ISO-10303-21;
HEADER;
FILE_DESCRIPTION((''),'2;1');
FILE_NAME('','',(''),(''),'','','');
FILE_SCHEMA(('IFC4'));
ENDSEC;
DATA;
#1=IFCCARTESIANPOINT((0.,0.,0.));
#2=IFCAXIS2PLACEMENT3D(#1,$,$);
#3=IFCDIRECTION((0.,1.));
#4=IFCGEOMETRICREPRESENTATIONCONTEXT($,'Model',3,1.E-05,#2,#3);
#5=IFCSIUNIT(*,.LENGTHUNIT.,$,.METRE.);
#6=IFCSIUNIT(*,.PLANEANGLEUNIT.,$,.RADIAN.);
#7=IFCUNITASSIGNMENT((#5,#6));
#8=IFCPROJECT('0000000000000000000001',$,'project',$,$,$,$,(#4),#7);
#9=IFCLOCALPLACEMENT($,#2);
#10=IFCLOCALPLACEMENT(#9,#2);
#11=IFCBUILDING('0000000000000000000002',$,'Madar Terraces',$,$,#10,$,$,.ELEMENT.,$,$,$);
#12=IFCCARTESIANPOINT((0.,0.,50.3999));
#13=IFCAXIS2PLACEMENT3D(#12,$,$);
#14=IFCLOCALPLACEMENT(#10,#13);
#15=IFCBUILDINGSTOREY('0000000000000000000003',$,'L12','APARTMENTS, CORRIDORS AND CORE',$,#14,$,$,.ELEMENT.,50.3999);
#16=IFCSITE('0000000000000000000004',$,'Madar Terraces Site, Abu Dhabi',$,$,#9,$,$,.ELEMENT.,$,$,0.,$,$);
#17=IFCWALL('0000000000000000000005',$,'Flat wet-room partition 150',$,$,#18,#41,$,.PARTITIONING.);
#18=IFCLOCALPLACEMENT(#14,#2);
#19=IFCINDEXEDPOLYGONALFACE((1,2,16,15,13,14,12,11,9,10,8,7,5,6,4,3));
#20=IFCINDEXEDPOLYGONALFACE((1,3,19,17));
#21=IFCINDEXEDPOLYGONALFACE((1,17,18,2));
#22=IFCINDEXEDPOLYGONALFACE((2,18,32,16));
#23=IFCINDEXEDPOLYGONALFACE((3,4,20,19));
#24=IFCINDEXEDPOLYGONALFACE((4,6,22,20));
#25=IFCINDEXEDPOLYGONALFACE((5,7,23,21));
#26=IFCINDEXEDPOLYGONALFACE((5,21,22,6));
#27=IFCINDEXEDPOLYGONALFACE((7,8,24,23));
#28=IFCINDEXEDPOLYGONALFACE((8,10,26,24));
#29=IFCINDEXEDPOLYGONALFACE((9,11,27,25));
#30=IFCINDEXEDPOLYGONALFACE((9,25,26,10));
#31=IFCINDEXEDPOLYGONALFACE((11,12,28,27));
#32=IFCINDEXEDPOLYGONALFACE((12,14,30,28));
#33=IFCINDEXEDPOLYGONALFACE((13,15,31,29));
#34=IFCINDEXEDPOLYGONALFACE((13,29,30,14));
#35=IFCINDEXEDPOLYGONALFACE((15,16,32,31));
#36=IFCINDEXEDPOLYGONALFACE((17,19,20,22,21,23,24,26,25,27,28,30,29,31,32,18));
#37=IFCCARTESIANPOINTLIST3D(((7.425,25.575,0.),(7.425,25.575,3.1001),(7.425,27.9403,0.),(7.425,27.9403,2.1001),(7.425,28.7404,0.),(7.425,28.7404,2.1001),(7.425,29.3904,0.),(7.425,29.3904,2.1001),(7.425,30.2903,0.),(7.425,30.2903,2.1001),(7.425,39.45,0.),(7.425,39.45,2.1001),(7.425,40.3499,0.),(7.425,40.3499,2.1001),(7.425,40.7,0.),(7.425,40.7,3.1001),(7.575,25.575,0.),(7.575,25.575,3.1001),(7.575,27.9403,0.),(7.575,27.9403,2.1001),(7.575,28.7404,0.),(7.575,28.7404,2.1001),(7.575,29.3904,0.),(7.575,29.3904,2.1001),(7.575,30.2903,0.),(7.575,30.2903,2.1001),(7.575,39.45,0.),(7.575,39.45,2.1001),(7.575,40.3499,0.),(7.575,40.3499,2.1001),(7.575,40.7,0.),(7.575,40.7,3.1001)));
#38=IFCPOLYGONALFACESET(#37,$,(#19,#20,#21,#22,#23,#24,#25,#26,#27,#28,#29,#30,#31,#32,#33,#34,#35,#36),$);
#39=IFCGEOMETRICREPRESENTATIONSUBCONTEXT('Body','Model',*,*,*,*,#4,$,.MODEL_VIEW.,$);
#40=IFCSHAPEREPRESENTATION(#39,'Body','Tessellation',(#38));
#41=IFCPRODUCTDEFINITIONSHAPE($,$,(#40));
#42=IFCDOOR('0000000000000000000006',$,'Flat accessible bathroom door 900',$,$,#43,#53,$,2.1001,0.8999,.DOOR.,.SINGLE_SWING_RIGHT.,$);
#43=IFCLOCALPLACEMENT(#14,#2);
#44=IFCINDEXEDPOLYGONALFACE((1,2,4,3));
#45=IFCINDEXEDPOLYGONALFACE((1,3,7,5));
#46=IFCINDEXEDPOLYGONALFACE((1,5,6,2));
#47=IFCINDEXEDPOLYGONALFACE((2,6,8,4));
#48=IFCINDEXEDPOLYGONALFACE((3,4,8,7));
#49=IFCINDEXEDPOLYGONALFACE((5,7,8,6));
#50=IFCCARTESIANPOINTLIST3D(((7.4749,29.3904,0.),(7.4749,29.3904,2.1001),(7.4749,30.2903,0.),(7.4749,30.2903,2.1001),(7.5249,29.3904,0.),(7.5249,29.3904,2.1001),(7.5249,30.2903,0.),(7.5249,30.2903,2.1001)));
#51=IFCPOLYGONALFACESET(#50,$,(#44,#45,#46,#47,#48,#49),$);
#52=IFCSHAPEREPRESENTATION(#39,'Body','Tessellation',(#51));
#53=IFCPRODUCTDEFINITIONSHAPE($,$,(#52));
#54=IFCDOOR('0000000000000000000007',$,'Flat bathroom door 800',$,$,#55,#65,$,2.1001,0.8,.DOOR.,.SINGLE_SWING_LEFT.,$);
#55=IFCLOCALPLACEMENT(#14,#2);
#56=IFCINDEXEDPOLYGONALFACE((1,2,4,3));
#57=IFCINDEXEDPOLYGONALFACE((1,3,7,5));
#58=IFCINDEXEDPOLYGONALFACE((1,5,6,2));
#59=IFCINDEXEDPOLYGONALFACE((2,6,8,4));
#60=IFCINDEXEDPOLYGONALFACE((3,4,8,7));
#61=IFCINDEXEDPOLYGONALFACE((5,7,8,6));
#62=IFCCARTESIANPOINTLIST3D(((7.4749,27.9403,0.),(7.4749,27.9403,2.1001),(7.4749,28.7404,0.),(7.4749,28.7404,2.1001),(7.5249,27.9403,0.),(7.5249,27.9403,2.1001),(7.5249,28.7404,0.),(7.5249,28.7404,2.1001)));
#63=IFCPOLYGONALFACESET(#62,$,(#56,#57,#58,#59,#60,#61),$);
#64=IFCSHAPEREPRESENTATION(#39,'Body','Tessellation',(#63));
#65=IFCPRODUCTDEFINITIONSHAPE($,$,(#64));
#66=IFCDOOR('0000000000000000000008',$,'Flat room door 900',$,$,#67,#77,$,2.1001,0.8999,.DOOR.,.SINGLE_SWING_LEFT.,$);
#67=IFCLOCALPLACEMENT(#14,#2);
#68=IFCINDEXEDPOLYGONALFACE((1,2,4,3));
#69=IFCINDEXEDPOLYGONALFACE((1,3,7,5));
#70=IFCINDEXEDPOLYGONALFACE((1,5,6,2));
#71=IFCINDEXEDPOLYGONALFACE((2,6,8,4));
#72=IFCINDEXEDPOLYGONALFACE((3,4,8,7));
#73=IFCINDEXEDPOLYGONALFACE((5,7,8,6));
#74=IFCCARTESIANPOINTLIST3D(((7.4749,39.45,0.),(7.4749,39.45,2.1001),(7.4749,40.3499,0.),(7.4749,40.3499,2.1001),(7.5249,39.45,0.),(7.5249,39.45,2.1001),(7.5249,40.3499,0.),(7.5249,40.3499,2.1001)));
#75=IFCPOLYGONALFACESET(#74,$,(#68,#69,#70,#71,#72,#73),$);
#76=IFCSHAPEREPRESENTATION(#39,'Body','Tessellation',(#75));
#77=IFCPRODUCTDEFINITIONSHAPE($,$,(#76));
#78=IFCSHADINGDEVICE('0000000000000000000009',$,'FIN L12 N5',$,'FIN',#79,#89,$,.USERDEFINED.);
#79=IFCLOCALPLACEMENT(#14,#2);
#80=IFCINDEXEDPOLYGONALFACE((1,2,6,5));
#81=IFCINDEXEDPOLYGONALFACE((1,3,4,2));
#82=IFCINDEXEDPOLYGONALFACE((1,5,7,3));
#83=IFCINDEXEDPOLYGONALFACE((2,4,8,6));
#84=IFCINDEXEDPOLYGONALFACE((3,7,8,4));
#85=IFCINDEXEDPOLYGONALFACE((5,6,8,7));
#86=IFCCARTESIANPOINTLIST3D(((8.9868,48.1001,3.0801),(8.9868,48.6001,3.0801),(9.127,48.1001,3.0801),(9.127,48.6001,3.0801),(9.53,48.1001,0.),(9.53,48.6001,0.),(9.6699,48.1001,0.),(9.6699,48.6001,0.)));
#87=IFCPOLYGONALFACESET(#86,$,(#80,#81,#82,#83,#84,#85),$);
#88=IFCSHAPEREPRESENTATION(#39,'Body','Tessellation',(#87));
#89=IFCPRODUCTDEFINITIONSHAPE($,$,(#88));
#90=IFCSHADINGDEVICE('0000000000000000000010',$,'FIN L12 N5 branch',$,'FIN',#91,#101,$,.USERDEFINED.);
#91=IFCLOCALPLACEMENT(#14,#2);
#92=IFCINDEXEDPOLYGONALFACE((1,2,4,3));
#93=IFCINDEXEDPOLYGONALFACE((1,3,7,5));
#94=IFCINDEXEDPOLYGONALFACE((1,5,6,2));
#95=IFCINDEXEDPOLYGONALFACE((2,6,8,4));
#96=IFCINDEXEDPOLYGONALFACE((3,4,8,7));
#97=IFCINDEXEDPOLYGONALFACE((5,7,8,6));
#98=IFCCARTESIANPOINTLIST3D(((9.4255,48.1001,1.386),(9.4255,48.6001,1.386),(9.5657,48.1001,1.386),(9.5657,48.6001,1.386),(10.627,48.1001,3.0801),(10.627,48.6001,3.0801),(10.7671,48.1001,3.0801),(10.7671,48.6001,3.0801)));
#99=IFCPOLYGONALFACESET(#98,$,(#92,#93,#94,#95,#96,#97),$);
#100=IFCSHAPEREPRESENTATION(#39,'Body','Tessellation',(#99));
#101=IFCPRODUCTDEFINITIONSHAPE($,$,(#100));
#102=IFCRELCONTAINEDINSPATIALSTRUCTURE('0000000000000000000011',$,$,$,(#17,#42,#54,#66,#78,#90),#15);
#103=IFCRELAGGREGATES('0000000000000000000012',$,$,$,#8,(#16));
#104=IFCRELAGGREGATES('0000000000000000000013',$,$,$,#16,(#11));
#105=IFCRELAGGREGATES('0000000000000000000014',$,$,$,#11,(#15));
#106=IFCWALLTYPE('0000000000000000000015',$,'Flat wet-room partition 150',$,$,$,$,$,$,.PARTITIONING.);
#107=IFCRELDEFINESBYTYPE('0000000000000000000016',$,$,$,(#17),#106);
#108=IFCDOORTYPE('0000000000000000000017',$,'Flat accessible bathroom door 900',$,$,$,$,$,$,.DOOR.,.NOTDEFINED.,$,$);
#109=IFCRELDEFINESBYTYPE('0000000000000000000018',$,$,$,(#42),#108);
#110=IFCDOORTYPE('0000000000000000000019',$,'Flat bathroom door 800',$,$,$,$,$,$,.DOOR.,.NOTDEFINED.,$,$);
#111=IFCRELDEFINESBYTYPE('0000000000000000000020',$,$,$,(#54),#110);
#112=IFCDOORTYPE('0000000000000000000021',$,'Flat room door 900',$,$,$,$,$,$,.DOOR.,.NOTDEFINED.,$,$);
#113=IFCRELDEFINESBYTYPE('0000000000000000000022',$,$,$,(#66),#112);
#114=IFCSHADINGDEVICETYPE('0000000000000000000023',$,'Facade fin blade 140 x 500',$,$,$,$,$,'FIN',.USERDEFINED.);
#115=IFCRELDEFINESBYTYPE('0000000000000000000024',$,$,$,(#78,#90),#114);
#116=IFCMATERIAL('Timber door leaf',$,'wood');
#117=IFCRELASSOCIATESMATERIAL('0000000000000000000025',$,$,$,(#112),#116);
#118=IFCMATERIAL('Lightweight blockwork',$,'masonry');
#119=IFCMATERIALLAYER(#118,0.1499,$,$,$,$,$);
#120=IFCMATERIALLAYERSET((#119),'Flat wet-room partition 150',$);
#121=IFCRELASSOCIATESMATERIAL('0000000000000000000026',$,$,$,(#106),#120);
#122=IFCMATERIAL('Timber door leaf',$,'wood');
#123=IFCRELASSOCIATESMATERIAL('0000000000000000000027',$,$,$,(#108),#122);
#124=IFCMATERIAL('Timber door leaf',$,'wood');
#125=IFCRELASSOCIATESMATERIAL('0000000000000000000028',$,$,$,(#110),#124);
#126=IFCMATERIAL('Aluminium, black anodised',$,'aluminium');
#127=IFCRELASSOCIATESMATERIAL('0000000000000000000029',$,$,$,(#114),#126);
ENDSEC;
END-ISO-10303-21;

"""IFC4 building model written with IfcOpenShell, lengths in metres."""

from ifc_helpers import new_model, si_unit, direction, frame, frame_2d, origin, place, context, subcontext, project, spatial, polyline, rectangle, outline, extrude, material, layer, layer_set, type_object, element, fill, save


model = new_model("IFC4")

# Units and contexts
model_context = context("Model", 3, precision=1e-05, world=origin(), true_north=direction((0.0, 1.0)))
body_context = subcontext(model_context, "Body", "Model", "MODEL_VIEW")
ifc_project = project(units=[si_unit("LENGTHUNIT", "METRE"), si_unit("PLANEANGLEUNIT", "RADIAN")], contexts=[model_context])

# Site, building, storey
site_placement = place(None, origin())
site = spatial("IfcSite", under=ifc_project, at=site_placement, Name="Madar Terraces Site, Abu Dhabi", CompositionType="ELEMENT", RefElevation=0.0)
building_placement = place(site_placement, origin())
building = spatial("IfcBuilding", under=site, at=building_placement, Name="Madar Terraces", CompositionType="ELEMENT")
storey_placement = place(building_placement, frame((0.0, 0.0, 50.3999)))
storey = spatial("IfcBuildingStorey", under=building, at=storey_placement, Name="L12", Description="APARTMENTS, CORRIDORS AND CORE", CompositionType="ELEMENT", Elevation=50.3999)

# Shared definitions
ifc_material_1 = material(Name="Timber door leaf", Category="wood")
door_type_1 = type_object("IfcDoorType", Name="Flat room door 900", OperationType="NOTDEFINED", PredefinedType="DOOR", material=ifc_material_1)

# Shared definitions
ifc_material_2 = material(Name="Lightweight blockwork", Category="masonry")
ifc_layer_1 = layer(ifc_material_2, 0.1499)
ifc_layer_set_1 = layer_set([ifc_layer_1], Name="Flat wet-room partition 150")
wall_type_1 = type_object("IfcWallType", Name="Flat wet-room partition 150", PredefinedType="PARTITIONING", material=ifc_layer_set_1)

# Wall, openings, doors
wall_1_placement = place(storey_placement, frame((7.5, 40.7, 0.0), z_axis=(0.0, 0.0, 1.0), x_axis=(0.0, -1.0, 0.0)))
wall_1 = element("IfcWall", 1, at=wall_1_placement, inside=storey, type_object=wall_type_1, Name="Flat wet-room partition 150", PredefinedType="PARTITIONING", context=body_context, shape_type="SweptSolid", body=[
    extrude(rectangle(XDim=15.125, YDim=0.1499, at=frame_2d((7.5625, 0.0))), origin(), (0.0, 0.0, 1.0), 3.1001),
])
opening_1_placement = place(wall_1_placement, frame((11.9597, 0.0, 0.0)))
opening_1 = element("IfcOpeningElement", 2, at=opening_1_placement, cuts=wall_1, PredefinedType="OPENING", context=body_context, shape_type="SweptSolid", body=[
    extrude(rectangle(XDim=0.8, YDim=2.1001, at=frame_2d((0.3999, 1.05))), frame((0.0, 0.085, 0.0), z_axis=(0.0, -1.0, 0.0), x_axis=(1.0, 0.0, 0.0)), (0.0, 0.0, 1.0), 0.1699),
])
opening_2_placement = place(wall_1_placement, frame((10.4097, 0.0, 0.0)))
opening_2 = element("IfcOpeningElement", 3, at=opening_2_placement, cuts=wall_1, PredefinedType="OPENING", context=body_context, shape_type="SweptSolid", body=[
    extrude(rectangle(XDim=0.8999, YDim=2.1001, at=frame_2d((0.45, 1.05))), frame((0.0, 0.085, 0.0), z_axis=(0.0, -1.0, 0.0), x_axis=(1.0, 0.0, 0.0)), (0.0, 0.0, 1.0), 0.1699),
])
opening_3_placement = place(wall_1_placement, frame((0.3501, 0.0, 0.0)))
opening_3 = element("IfcOpeningElement", 4, at=opening_3_placement, cuts=wall_1, PredefinedType="OPENING", context=body_context, shape_type="SweptSolid", body=[
    extrude(rectangle(XDim=0.8999, YDim=2.1001, at=frame_2d((0.45, 1.05))), frame((0.0, 0.085, 0.0), z_axis=(0.0, -1.0, 0.0), x_axis=(1.0, 0.0, 0.0)), (0.0, 0.0, 1.0), 0.1699),
])
ifc_material_3 = material(Name="Timber door leaf", Category="wood")
door_type_2 = type_object("IfcDoorType", Name="Flat accessible bathroom door 900", OperationType="NOTDEFINED", PredefinedType="DOOR", material=ifc_material_3)
door_1_placement = place(opening_2_placement, origin())
door_1 = element("IfcDoor", 5, at=door_1_placement, inside=storey, type_object=door_type_2, Name="Flat accessible bathroom door 900", OperationType="SINGLE_SWING_RIGHT", OverallHeight=2.1001, OverallWidth=0.8999, PredefinedType="DOOR", context=body_context, shape_type="SweptSolid", body=[
    extrude(rectangle(XDim=0.8999, YDim=2.1001, at=frame_2d((0.45, 1.05))), frame((0.0, 0.0249, 0.0), z_axis=(0.0, -1.0, 0.0), x_axis=(1.0, 0.0, 0.0)), (0.0, 0.0, 1.0), 0.05),
])
fill(opening_2, door_1)
ifc_material_4 = material(Name="Timber door leaf", Category="wood")
door_type_3 = type_object("IfcDoorType", Name="Flat bathroom door 800", OperationType="NOTDEFINED", PredefinedType="DOOR", material=ifc_material_4)
door_2_placement = place(opening_1_placement, origin())
door_2 = element("IfcDoor", 6, at=door_2_placement, inside=storey, type_object=door_type_3, Name="Flat bathroom door 800", OperationType="SINGLE_SWING_LEFT", OverallHeight=2.1001, OverallWidth=0.8, PredefinedType="DOOR", context=body_context, shape_type="SweptSolid", body=[
    extrude(rectangle(XDim=0.8, YDim=2.1001, at=frame_2d((0.3999, 1.05))), frame((0.0, 0.0249, 0.0), z_axis=(0.0, -1.0, 0.0), x_axis=(1.0, 0.0, 0.0)), (0.0, 0.0, 1.0), 0.05),
])
fill(opening_1, door_2)
door_3_placement = place(opening_3_placement, origin())
door_3 = element("IfcDoor", 7, at=door_3_placement, inside=storey, type_object=door_type_1, Name="Flat room door 900", OperationType="SINGLE_SWING_LEFT", OverallHeight=2.1001, OverallWidth=0.8999, PredefinedType="DOOR", context=body_context, shape_type="SweptSolid", body=[
    extrude(rectangle(XDim=0.8999, YDim=2.1001, at=frame_2d((0.45, 1.05))), frame((0.0, 0.0249, 0.0), z_axis=(0.0, -1.0, 0.0), x_axis=(1.0, 0.0, 0.0)), (0.0, 0.0, 1.0), 0.05),
])
fill(opening_3, door_3)

# Shading devices
ifc_material_5 = material(Name="Aluminium, black anodised", Category="aluminium")
shading_device_type = type_object("IfcShadingDeviceType", Name="Facade fin blade 140 x 500", ElementType="FIN", PredefinedType="USERDEFINED", material=ifc_material_5)
shading_device_1_placement = place(storey_placement, frame((9.6699, 48.3501, 0.0), z_axis=(0.0, 0.0, 1.0), x_axis=(-1.0, 0.0, 0.0)))
element("IfcShadingDevice", 8, at=shading_device_1_placement, inside=storey, type_object=shading_device_type, Name="FIN L12 N5", ObjectType="FIN", PredefinedType="USERDEFINED", context=body_context, shape_type="SweptSolid", body=[
    extrude(outline(polyline([(0.0, 0.0), (0.1399, 0.0), (0.6831, 3.0801), (0.543, 3.0801), (0.0, 0.0)])), frame((0.0, 0.25, 0.0), z_axis=(0.0, -1.0, 0.0), x_axis=(1.0, 0.0, 0.0)), (0.0, 0.0, 1.0), 0.5),
])
shading_device_2_placement = place(storey_placement, frame((9.5657, 48.3501, 1.386), z_axis=(0.0, 0.0, 1.0), x_axis=(-1.0, 0.0, 0.0)))
element("IfcShadingDevice", 9, at=shading_device_2_placement, inside=storey, type_object=shading_device_type, Name="FIN L12 N5 branch", ObjectType="FIN", PredefinedType="USERDEFINED", context=body_context, shape_type="SweptSolid", body=[
    extrude(outline(polyline([(0.0, 0.0), (0.1401, 0.0), (-1.0613, 1.6941), (-1.2014, 1.6941), (0.0, 0.0)])), frame((0.0, 0.25, 0.0), z_axis=(0.0, -1.0, 0.0), x_axis=(1.0, 0.0, 0.0)), (0.0, 0.0, 1.0), 0.5),
])

save(model, "model.ifc")
